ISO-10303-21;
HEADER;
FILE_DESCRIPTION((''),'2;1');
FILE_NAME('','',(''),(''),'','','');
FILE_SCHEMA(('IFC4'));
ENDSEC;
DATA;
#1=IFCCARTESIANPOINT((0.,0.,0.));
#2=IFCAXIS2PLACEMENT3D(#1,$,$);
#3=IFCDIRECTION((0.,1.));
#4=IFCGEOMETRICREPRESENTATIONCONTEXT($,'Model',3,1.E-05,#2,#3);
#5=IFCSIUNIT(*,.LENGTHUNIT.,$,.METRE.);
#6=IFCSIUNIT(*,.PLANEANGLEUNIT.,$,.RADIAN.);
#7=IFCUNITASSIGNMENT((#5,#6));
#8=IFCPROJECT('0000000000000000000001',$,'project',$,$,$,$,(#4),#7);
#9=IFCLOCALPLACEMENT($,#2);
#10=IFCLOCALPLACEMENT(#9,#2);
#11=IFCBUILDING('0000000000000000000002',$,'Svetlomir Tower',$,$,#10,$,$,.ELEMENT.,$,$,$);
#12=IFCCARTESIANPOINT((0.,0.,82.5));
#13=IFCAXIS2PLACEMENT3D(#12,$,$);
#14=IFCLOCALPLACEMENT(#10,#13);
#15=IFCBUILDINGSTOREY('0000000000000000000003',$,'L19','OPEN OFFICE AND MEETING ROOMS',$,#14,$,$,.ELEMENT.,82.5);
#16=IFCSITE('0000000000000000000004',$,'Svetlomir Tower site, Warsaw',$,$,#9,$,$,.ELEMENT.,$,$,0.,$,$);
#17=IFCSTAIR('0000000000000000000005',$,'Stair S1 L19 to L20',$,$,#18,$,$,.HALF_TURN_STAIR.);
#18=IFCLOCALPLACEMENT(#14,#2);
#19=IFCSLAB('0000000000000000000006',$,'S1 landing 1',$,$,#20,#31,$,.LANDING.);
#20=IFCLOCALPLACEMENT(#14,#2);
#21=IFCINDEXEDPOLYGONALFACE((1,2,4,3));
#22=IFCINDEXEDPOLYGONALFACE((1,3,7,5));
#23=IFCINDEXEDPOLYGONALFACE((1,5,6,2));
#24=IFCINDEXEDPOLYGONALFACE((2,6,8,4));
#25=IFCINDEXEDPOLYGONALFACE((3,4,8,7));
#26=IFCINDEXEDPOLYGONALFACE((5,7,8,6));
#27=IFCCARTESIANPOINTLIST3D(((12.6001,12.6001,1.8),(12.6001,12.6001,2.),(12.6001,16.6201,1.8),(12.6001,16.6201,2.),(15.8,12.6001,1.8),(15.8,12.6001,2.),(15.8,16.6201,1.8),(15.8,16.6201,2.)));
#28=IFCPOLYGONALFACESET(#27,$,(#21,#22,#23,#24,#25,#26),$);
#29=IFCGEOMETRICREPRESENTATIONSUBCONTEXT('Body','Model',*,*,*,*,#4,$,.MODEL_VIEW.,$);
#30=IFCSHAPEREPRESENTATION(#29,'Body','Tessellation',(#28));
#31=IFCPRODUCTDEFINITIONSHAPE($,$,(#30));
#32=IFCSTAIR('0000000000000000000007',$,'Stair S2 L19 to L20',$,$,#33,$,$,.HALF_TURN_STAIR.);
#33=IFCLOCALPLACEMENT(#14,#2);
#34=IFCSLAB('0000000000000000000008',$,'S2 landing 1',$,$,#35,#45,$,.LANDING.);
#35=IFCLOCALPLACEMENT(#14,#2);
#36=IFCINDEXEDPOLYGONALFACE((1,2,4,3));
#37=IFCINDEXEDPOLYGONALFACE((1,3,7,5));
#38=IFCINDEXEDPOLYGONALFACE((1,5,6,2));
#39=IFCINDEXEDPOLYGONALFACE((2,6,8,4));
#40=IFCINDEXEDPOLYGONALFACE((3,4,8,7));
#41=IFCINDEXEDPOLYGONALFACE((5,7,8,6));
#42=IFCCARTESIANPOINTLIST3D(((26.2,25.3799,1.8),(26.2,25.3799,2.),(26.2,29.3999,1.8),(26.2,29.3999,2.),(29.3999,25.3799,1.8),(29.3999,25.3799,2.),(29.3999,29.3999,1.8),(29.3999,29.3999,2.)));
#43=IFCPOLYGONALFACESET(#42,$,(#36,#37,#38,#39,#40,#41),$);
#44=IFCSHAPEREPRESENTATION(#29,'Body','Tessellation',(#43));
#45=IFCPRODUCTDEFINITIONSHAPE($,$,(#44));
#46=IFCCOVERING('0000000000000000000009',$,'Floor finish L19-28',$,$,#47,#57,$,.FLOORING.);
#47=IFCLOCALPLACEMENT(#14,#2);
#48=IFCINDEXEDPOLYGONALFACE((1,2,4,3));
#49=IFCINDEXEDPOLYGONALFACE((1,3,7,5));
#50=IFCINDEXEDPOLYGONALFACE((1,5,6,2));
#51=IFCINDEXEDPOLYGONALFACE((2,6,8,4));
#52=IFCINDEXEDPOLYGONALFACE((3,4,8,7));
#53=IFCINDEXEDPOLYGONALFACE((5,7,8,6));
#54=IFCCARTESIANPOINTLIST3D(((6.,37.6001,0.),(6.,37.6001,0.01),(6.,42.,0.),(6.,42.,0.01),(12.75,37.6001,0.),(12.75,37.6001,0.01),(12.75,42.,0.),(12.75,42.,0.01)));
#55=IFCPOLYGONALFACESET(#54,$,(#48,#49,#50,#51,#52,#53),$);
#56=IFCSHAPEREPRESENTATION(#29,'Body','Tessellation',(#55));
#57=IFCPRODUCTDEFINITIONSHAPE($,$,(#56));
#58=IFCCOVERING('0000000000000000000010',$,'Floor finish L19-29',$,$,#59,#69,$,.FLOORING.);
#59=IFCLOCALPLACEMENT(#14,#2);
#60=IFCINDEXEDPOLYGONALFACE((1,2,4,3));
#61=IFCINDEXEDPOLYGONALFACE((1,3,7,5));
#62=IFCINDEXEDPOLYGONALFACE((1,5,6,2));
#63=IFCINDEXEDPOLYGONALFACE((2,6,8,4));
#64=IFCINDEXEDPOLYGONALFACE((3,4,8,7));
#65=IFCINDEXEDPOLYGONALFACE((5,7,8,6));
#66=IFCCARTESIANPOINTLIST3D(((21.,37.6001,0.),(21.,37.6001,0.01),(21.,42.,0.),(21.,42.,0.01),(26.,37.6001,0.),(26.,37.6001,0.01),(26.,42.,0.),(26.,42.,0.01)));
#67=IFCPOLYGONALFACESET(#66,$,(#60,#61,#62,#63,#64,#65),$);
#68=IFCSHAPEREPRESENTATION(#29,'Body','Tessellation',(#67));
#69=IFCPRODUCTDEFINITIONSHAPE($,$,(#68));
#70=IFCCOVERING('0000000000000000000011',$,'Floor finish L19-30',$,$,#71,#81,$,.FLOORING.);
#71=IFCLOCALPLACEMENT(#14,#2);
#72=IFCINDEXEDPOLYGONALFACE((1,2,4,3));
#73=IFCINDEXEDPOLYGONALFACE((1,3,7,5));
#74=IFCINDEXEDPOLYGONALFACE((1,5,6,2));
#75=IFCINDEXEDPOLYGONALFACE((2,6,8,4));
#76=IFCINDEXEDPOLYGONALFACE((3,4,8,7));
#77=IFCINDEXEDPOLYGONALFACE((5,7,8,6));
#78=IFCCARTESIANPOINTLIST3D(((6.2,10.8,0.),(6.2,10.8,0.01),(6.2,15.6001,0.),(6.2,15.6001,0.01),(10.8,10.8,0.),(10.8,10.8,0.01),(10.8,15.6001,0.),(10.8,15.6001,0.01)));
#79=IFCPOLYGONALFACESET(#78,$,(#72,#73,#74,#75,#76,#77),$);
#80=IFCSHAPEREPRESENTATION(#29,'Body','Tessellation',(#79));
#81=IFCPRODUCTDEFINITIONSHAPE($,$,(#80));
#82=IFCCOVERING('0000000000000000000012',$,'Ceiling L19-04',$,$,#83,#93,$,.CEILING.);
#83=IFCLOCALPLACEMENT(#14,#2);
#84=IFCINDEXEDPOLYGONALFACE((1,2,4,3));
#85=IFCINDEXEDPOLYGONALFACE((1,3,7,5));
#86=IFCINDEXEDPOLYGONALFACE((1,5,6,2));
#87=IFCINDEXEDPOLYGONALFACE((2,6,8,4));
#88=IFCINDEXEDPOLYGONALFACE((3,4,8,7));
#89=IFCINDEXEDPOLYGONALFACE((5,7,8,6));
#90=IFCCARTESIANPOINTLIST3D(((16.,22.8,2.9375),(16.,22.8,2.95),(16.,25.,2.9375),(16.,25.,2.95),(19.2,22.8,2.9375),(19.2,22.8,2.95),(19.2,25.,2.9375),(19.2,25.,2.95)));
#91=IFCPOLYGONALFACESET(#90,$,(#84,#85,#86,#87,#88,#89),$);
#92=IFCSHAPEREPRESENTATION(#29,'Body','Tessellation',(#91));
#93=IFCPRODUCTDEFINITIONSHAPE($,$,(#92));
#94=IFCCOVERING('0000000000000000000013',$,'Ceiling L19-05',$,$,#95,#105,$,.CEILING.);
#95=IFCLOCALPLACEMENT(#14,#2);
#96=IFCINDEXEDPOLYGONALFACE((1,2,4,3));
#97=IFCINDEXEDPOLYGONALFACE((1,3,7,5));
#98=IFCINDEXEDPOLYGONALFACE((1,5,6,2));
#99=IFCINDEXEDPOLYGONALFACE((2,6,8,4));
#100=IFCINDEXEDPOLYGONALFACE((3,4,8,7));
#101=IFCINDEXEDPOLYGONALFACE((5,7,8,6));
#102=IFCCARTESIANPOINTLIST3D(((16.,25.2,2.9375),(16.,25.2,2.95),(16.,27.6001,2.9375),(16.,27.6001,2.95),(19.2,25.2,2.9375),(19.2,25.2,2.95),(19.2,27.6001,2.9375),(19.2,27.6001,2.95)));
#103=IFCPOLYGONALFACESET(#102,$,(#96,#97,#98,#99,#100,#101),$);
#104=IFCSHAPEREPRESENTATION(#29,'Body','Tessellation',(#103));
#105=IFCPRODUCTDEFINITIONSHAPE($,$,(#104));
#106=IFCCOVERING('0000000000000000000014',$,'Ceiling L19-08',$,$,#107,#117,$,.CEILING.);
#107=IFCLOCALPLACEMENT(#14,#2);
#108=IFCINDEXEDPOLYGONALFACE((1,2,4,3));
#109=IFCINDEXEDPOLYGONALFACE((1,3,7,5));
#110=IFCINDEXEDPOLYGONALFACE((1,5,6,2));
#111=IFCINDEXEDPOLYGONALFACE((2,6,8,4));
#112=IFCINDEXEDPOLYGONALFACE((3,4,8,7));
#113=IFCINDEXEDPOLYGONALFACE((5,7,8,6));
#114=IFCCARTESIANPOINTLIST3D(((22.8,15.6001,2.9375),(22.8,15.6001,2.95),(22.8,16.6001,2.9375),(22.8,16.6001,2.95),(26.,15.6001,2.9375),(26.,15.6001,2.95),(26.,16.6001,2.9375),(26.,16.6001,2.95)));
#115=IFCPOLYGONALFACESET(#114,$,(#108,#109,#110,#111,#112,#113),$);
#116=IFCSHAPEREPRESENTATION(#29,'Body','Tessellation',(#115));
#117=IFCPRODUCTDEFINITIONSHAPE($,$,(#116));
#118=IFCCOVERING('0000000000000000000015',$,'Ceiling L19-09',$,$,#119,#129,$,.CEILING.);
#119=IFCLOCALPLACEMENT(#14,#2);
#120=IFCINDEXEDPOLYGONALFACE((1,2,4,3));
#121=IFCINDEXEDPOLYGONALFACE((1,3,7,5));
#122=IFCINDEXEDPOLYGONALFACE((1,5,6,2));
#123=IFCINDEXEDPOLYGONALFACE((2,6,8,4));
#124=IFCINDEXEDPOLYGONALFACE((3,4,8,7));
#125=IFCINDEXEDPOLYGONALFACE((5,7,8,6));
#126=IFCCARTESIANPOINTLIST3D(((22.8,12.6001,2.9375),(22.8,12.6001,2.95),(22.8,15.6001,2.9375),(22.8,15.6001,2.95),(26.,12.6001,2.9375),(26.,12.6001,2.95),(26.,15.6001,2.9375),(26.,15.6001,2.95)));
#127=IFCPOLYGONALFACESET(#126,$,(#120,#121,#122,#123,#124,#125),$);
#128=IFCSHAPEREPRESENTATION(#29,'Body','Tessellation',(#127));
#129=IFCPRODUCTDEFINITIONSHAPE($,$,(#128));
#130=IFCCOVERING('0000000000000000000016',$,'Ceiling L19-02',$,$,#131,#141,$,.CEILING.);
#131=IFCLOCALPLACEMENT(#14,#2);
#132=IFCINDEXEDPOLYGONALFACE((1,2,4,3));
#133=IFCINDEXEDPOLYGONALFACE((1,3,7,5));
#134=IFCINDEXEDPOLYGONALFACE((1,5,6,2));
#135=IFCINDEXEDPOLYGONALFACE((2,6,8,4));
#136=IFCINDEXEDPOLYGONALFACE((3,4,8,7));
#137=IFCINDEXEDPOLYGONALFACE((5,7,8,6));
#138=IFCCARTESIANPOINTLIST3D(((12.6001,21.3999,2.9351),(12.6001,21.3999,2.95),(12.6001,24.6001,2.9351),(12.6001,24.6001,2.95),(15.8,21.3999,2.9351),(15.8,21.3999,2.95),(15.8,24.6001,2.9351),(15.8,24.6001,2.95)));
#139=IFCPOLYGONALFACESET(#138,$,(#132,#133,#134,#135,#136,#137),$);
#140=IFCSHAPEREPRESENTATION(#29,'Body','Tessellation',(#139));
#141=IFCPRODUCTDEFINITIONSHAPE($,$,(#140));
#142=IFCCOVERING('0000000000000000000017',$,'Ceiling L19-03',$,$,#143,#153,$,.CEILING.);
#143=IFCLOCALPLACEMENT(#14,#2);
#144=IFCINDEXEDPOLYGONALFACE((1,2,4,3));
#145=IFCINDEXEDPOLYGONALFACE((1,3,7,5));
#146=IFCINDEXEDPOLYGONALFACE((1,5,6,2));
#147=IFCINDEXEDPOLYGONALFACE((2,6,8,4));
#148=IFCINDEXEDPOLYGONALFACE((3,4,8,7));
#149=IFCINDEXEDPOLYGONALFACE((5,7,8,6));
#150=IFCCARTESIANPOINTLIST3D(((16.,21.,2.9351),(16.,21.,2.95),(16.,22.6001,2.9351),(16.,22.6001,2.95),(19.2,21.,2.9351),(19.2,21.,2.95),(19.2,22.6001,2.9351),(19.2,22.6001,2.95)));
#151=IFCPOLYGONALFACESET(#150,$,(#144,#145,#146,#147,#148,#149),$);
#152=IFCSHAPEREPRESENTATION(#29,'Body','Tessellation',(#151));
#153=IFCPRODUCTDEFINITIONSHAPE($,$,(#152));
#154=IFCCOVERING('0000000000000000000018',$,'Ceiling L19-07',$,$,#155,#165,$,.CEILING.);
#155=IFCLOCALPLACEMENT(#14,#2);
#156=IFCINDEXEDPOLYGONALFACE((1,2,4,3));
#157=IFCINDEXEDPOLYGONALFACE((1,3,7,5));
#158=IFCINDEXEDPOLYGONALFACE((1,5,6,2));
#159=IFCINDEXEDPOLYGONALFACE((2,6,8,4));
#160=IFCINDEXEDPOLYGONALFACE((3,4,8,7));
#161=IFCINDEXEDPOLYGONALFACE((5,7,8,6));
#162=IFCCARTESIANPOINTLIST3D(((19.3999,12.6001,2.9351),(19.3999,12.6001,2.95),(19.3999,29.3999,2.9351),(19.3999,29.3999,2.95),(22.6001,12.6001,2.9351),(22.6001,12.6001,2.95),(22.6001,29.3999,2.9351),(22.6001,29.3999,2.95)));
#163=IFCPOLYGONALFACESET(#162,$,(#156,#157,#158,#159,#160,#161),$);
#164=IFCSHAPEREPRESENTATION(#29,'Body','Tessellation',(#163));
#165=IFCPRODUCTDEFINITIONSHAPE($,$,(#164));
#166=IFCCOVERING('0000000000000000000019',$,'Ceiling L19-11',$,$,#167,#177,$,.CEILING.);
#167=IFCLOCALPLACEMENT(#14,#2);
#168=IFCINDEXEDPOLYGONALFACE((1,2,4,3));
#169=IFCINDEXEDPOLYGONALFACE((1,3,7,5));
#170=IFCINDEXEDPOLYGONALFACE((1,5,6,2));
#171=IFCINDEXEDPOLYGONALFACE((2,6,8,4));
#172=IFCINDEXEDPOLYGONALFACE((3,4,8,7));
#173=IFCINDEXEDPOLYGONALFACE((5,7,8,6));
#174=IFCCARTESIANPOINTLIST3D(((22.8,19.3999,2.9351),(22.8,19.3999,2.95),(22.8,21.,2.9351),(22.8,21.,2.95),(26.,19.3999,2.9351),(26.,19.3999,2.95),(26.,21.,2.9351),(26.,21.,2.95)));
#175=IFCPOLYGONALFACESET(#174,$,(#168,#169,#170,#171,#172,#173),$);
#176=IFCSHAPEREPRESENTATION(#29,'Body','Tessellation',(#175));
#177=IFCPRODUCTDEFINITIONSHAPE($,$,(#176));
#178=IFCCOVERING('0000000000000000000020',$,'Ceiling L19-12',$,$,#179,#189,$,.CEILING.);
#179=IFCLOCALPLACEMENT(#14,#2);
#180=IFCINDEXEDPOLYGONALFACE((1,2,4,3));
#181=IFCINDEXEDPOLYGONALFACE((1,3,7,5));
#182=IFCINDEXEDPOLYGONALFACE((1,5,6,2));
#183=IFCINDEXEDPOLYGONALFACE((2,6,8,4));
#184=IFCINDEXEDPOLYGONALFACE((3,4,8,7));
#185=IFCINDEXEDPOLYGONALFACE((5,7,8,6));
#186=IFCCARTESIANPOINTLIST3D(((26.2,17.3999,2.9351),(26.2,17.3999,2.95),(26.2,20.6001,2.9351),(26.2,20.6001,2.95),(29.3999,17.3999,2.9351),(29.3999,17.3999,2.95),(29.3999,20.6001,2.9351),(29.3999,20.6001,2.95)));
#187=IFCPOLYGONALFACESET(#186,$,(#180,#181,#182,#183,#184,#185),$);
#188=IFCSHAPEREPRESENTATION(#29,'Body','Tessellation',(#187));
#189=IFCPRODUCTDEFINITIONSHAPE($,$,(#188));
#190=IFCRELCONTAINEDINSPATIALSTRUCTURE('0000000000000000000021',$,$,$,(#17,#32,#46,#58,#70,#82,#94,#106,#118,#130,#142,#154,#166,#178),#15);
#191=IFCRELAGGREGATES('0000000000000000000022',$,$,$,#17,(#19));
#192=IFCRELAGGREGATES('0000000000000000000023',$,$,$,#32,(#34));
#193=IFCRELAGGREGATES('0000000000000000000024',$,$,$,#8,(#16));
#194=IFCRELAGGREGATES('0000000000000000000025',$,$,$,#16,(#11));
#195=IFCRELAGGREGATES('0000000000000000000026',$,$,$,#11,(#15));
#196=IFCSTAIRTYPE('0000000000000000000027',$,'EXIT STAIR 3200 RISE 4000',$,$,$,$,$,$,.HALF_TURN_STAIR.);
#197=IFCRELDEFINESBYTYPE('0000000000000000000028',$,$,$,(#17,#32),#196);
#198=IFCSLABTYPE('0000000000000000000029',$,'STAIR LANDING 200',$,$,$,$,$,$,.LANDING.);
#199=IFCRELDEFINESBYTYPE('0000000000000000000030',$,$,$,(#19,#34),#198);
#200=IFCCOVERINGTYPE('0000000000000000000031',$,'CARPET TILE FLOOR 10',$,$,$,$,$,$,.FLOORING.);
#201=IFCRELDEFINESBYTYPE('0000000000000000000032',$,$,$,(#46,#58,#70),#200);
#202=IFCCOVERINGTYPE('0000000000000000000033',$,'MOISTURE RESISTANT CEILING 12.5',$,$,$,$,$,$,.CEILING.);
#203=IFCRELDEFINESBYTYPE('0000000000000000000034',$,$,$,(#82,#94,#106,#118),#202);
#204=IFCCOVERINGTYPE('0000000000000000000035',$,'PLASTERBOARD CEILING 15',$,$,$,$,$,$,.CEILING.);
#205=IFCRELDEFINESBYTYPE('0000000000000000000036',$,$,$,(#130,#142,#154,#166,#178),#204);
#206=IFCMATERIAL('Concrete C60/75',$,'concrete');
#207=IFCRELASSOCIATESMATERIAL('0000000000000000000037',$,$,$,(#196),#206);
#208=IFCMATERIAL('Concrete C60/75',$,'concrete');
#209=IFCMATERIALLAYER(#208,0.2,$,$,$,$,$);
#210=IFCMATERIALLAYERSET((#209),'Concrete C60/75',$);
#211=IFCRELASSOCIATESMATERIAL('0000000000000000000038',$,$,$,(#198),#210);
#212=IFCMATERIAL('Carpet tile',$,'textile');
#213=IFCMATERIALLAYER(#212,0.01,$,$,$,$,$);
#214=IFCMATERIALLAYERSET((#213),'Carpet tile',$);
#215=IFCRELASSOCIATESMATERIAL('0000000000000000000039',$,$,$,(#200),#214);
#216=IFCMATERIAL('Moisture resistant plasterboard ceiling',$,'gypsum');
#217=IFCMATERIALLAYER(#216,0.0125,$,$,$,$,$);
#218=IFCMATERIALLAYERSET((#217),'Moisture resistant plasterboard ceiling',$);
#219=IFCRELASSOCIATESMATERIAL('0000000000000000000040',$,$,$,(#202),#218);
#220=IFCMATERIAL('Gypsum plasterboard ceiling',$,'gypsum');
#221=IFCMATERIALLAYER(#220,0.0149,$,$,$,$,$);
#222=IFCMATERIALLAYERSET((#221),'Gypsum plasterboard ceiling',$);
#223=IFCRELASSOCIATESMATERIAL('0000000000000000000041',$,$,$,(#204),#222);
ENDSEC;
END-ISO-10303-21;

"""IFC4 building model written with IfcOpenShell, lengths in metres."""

from ifc_helpers import new_model, si_unit, direction, frame, origin, place, context, subcontext, project, spatial, polyline, outline, extrude, material, layer, layer_set, type_object, element, aggregate, save


model = new_model("IFC4")

# Units and contexts
model_context = context("Model", 3, precision=1e-05, world=origin(), true_north=direction((0.0, 1.0)))
body_context = subcontext(model_context, "Body", "Model", "MODEL_VIEW")
ifc_project = project(units=[si_unit("LENGTHUNIT", "METRE"), si_unit("PLANEANGLEUNIT", "RADIAN")], contexts=[model_context])

# Site, building, storey
site_placement = place(None, origin())
site = spatial("IfcSite", under=ifc_project, at=site_placement, Name="Svetlomir Tower site, Warsaw", CompositionType="ELEMENT", RefElevation=0.0)
building_placement = place(site_placement, origin())
building = spatial("IfcBuilding", under=site, at=building_placement, Name="Svetlomir Tower", CompositionType="ELEMENT")
storey_placement = place(building_placement, frame((0.0, 0.0, 82.5)))
storey = spatial("IfcBuildingStorey", under=building, at=storey_placement, Name="L19", Description="OPEN OFFICE AND MEETING ROOMS", CompositionType="ELEMENT", Elevation=82.5)

# Stairs, slabs
ifc_material_1 = material(Name="Concrete C60/75", Category="concrete")
stair_type = type_object("IfcStairType", Name="EXIT STAIR 3200 RISE 4000", PredefinedType="HALF_TURN_STAIR", material=ifc_material_1)
stair_1_placement = place(storey_placement, origin())
stair_1 = element("IfcStair", 1, at=stair_1_placement, inside=storey, type_object=stair_type, Name="Stair S1 L19 to L20", PredefinedType="HALF_TURN_STAIR")
ifc_material_2 = material(Name="Concrete C60/75", Category="concrete")
ifc_layer_1 = layer(ifc_material_2, 0.2)
ifc_layer_set_1 = layer_set([ifc_layer_1], Name="Concrete C60/75")
slab_type = type_object("IfcSlabType", Name="STAIR LANDING 200", PredefinedType="LANDING", material=ifc_layer_set_1)
slab_1_placement = place(storey_placement, frame((0.0, 0.0, 1.8)))
slab_1 = element("IfcSlab", 2, at=slab_1_placement, type_object=slab_type, Name="S1 landing 1", PredefinedType="LANDING", context=body_context, shape_type="SweptSolid", body=[
    extrude(outline(polyline([(12.6001, 12.6001), (15.8, 12.6001), (15.8, 16.6201), (12.6001, 16.6201), (12.6001, 12.6001)])), origin(), (0.0, 0.0, 1.0), 0.2),
])
aggregate(stair_1, [slab_1])
stair_2_placement = place(storey_placement, origin())
stair_2 = element("IfcStair", 3, at=stair_2_placement, inside=storey, type_object=stair_type, Name="Stair S2 L19 to L20", PredefinedType="HALF_TURN_STAIR")
slab_2_placement = place(storey_placement, frame((0.0, 0.0, 1.8)))
slab_2 = element("IfcSlab", 4, at=slab_2_placement, type_object=slab_type, Name="S2 landing 1", PredefinedType="LANDING", context=body_context, shape_type="SweptSolid", body=[
    extrude(outline(polyline([(26.2, 25.3799), (29.3999, 25.3799), (29.3999, 29.3999), (26.2, 29.3999), (26.2, 25.3799)])), origin(), (0.0, 0.0, 1.0), 0.2),
])
aggregate(stair_2, [slab_2])

# Coverings
ifc_material_3 = material(Name="Carpet tile", Category="textile")
ifc_layer_2 = layer(ifc_material_3, 0.01)
ifc_layer_set_2 = layer_set([ifc_layer_2], Name="Carpet tile")
covering_type_1 = type_object("IfcCoveringType", Name="CARPET TILE FLOOR 10", PredefinedType="FLOORING", material=ifc_layer_set_2)
covering_1_placement = place(storey_placement, origin())
element("IfcCovering", 5, at=covering_1_placement, inside=storey, type_object=covering_type_1, Name="Floor finish L19-28", PredefinedType="FLOORING", context=body_context, shape_type="SweptSolid", body=[
    extrude(outline(polyline([(6.0, 37.6001), (12.75, 37.6001), (12.75, 42.0), (6.0, 42.0), (6.0, 37.6001)])), origin(), (0.0, 0.0, 1.0), 0.01),
])
covering_2_placement = place(storey_placement, origin())
element("IfcCovering", 6, at=covering_2_placement, inside=storey, type_object=covering_type_1, Name="Floor finish L19-29", PredefinedType="FLOORING", context=body_context, shape_type="SweptSolid", body=[
    extrude(outline(polyline([(21.0, 37.6001), (26.0, 37.6001), (26.0, 42.0), (21.0, 42.0), (21.0, 37.6001)])), origin(), (0.0, 0.0, 1.0), 0.01),
])
covering_3_placement = place(storey_placement, origin())
element("IfcCovering", 7, at=covering_3_placement, inside=storey, type_object=covering_type_1, Name="Floor finish L19-30", PredefinedType="FLOORING", context=body_context, shape_type="SweptSolid", body=[
    extrude(outline(polyline([(6.2, 10.8), (10.8, 10.8), (10.8, 15.6001), (6.2, 15.6001), (6.2, 10.8)])), origin(), (0.0, 0.0, 1.0), 0.01),
])
ifc_material_4 = material(Name="Moisture resistant plasterboard ceiling", Category="gypsum")
ifc_layer_3 = layer(ifc_material_4, 0.0125)
ifc_layer_set_3 = layer_set([ifc_layer_3], Name="Moisture resistant plasterboard ceiling")
covering_type_2 = type_object("IfcCoveringType", Name="MOISTURE RESISTANT CEILING 12.5", PredefinedType="CEILING", material=ifc_layer_set_3)
covering_4_placement = place(storey_placement, frame((0.0, 0.0, 2.9375)))
element("IfcCovering", 8, at=covering_4_placement, inside=storey, type_object=covering_type_2, Name="Ceiling L19-04", PredefinedType="CEILING", context=body_context, shape_type="SweptSolid", body=[
    extrude(outline(polyline([(16.0, 22.8), (19.2, 22.8), (19.2, 25.0), (16.0, 25.0), (16.0, 22.8)])), origin(), (0.0, 0.0, 1.0), 0.0125),
])
covering_5_placement = place(storey_placement, frame((0.0, 0.0, 2.9375)))
element("IfcCovering", 9, at=covering_5_placement, inside=storey, type_object=covering_type_2, Name="Ceiling L19-05", PredefinedType="CEILING", context=body_context, shape_type="SweptSolid", body=[
    extrude(outline(polyline([(16.0, 25.2), (19.2, 25.2), (19.2, 27.6001), (16.0, 27.6001), (16.0, 25.2)])), origin(), (0.0, 0.0, 1.0), 0.0125),
])
covering_6_placement = place(storey_placement, frame((0.0, 0.0, 2.9375)))
element("IfcCovering", 10, at=covering_6_placement, inside=storey, type_object=covering_type_2, Name="Ceiling L19-08", PredefinedType="CEILING", context=body_context, shape_type="SweptSolid", body=[
    extrude(outline(polyline([(22.8, 15.6001), (26.0, 15.6001), (26.0, 16.6001), (22.8, 16.6001), (22.8, 15.6001)])), origin(), (0.0, 0.0, 1.0), 0.0125),
])
covering_7_placement = place(storey_placement, frame((0.0, 0.0, 2.9375)))
element("IfcCovering", 11, at=covering_7_placement, inside=storey, type_object=covering_type_2, Name="Ceiling L19-09", PredefinedType="CEILING", context=body_context, shape_type="SweptSolid", body=[
    extrude(outline(polyline([(22.8, 12.6001), (26.0, 12.6001), (26.0, 15.6001), (22.8, 15.6001), (22.8, 12.6001)])), origin(), (0.0, 0.0, 1.0), 0.0125),
])
ifc_material_5 = material(Name="Gypsum plasterboard ceiling", Category="gypsum")
ifc_layer_4 = layer(ifc_material_5, 0.0149)
ifc_layer_set_4 = layer_set([ifc_layer_4], Name="Gypsum plasterboard ceiling")
covering_type_3 = type_object("IfcCoveringType", Name="PLASTERBOARD CEILING 15", PredefinedType="CEILING", material=ifc_layer_set_4)
covering_8_placement = place(storey_placement, frame((0.0, 0.0, 2.9351)))
element("IfcCovering", 12, at=covering_8_placement, inside=storey, type_object=covering_type_3, Name="Ceiling L19-02", PredefinedType="CEILING", context=body_context, shape_type="SweptSolid", body=[
    extrude(outline(polyline([(12.6001, 21.3999), (15.8, 21.3999), (15.8, 24.6001), (12.6001, 24.6001), (12.6001, 21.3999)])), origin(), (0.0, 0.0, 1.0), 0.0149),
])
covering_9_placement = place(storey_placement, frame((0.0, 0.0, 2.9351)))
element("IfcCovering", 13, at=covering_9_placement, inside=storey, type_object=covering_type_3, Name="Ceiling L19-03", PredefinedType="CEILING", context=body_context, shape_type="SweptSolid", body=[
    extrude(outline(polyline([(16.0, 21.0), (19.2, 21.0), (19.2, 22.6001), (16.0, 22.6001), (16.0, 21.0)])), origin(), (0.0, 0.0, 1.0), 0.0149),
])
covering_10_placement = place(storey_placement, frame((0.0, 0.0, 2.9351)))
element("IfcCovering", 14, at=covering_10_placement, inside=storey, type_object=covering_type_3, Name="Ceiling L19-07", PredefinedType="CEILING", context=body_context, shape_type="SweptSolid", body=[
    extrude(outline(polyline([(19.3999, 12.6001), (22.6001, 12.6001), (22.6001, 29.3999), (19.3999, 29.3999), (19.3999, 12.6001)])), origin(), (0.0, 0.0, 1.0), 0.0149),
])
covering_11_placement = place(storey_placement, frame((0.0, 0.0, 2.9351)))
element("IfcCovering", 15, at=covering_11_placement, inside=storey, type_object=covering_type_3, Name="Ceiling L19-11", PredefinedType="CEILING", context=body_context, shape_type="SweptSolid", body=[
    extrude(outline(polyline([(22.8, 19.3999), (26.0, 19.3999), (26.0, 21.0), (22.8, 21.0), (22.8, 19.3999)])), origin(), (0.0, 0.0, 1.0), 0.0149),
])
covering_12_placement = place(storey_placement, frame((0.0, 0.0, 2.9351)))
element("IfcCovering", 16, at=covering_12_placement, inside=storey, type_object=covering_type_3, Name="Ceiling L19-12", PredefinedType="CEILING", context=body_context, shape_type="SweptSolid", body=[
    extrude(outline(polyline([(26.2, 17.3999), (29.3999, 17.3999), (29.3999, 20.6001), (26.2, 20.6001), (26.2, 17.3999)])), origin(), (0.0, 0.0, 1.0), 0.0149),
])

save(model, "model.ifc")
